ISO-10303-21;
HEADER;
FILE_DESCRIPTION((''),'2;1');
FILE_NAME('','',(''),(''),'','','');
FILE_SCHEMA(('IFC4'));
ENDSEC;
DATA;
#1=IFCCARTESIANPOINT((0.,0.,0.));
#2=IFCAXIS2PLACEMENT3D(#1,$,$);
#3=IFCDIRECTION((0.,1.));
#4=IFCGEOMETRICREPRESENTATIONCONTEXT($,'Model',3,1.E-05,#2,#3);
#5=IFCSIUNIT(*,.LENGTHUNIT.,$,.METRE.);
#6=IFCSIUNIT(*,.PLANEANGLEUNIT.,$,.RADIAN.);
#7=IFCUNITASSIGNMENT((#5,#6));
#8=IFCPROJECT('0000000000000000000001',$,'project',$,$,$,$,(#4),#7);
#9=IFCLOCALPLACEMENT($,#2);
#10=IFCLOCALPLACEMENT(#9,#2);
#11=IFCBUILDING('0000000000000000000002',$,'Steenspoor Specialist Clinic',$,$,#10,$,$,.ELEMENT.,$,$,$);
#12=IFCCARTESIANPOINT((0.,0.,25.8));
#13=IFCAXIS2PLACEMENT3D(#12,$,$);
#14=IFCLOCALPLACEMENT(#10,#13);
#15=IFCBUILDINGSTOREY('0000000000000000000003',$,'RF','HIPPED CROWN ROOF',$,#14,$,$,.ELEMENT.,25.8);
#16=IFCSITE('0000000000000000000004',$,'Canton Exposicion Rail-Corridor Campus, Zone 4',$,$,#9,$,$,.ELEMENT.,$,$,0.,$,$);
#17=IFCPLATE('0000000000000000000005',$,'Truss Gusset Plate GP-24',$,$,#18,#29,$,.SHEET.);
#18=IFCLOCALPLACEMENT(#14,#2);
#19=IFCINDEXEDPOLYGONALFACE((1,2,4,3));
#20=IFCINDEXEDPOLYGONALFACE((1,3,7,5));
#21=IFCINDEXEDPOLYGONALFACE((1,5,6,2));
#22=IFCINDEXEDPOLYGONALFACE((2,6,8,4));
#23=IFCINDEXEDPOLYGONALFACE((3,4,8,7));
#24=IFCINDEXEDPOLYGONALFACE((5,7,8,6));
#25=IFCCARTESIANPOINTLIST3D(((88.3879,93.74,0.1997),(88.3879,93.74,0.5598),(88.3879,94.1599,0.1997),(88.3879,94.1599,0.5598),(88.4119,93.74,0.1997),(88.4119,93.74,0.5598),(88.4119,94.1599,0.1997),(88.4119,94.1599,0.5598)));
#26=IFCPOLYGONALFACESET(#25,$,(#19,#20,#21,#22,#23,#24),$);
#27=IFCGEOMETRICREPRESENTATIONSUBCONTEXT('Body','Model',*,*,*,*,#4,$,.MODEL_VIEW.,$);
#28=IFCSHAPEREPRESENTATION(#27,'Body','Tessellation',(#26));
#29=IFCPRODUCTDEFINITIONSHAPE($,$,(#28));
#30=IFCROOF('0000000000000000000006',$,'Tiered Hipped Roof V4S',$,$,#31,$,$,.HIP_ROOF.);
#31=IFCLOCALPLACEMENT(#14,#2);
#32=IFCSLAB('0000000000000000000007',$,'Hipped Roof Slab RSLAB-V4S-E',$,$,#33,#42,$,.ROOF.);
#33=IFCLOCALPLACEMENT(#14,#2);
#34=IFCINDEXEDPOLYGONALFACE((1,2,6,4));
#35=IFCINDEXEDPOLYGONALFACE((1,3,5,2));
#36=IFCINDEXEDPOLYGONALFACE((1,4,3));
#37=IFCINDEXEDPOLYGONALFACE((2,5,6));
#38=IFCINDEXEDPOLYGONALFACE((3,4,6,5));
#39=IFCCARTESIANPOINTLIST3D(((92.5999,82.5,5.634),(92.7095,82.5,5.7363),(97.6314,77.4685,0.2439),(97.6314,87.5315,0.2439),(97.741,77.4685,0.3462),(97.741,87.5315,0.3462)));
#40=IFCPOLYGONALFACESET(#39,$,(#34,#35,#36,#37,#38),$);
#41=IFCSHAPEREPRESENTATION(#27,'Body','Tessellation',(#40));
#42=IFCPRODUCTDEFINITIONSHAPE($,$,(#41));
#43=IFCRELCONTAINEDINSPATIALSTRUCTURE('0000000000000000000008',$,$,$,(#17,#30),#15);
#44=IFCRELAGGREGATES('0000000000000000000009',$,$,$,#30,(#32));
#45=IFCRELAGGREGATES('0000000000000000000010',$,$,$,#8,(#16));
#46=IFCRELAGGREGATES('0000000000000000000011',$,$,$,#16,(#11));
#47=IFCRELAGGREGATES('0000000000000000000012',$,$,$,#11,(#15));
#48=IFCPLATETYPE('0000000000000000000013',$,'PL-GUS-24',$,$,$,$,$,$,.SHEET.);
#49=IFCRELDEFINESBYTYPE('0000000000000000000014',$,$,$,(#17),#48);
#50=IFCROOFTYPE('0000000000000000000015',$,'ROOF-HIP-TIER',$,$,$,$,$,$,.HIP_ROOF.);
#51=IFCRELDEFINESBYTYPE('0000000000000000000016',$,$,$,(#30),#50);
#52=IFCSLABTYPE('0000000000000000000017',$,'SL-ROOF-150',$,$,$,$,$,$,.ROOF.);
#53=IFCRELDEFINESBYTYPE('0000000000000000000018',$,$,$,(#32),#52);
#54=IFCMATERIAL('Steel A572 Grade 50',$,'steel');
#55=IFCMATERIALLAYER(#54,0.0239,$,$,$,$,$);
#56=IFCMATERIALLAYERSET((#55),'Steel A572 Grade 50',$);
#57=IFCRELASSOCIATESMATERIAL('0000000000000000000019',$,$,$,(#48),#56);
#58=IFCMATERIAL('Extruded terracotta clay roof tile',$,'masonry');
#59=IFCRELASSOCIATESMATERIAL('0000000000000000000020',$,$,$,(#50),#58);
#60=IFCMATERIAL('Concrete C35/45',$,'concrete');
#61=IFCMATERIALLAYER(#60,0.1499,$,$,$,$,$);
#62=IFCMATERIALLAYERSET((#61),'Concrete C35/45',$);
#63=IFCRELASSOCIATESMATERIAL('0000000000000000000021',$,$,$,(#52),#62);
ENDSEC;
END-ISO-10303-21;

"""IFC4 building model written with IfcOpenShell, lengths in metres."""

from ifc_helpers import new_model, si_unit, direction, frame, origin, origin_2d, place, context, subcontext, project, spatial, polyline, rectangle, outline, extrude, material, layer, layer_set, type_object, element, aggregate, save


model = new_model("IFC4")

# Units and contexts
model_context = context("Model", 3, precision=1e-05, world=origin(), true_north=direction((0.0, 1.0)))
body_context = subcontext(model_context, "Body", "Model", "MODEL_VIEW")
ifc_project = project(units=[si_unit("LENGTHUNIT", "METRE"), si_unit("PLANEANGLEUNIT", "RADIAN")], contexts=[model_context])

# Site, building, storey
site_placement = place(None, origin())
site = spatial("IfcSite", under=ifc_project, at=site_placement, Name="Canton Exposicion Rail-Corridor Campus, Zone 4", CompositionType="ELEMENT", RefElevation=0.0)
building_placement = place(site_placement, origin())
building = spatial("IfcBuilding", under=site, at=building_placement, Name="Steenspoor Specialist Clinic", CompositionType="ELEMENT")
storey_placement = place(building_placement, frame((0.0, 0.0, 25.8)))
storey = spatial("IfcBuildingStorey", under=building, at=storey_placement, Name="RF", Description="HIPPED CROWN ROOF", CompositionType="ELEMENT", Elevation=25.8)

# Plate
ifc_material_1 = material(Name="Steel A572 Grade 50", Category="steel")
ifc_layer_1 = layer(ifc_material_1, 0.0239)
ifc_layer_set_1 = layer_set([ifc_layer_1], Name="Steel A572 Grade 50")
plate_type_1 = type_object("IfcPlateType", Name="PL-GUS-24", PredefinedType="SHEET", material=ifc_layer_set_1)
plate_1_placement = place(storey_placement, frame((88.3999, 93.95, 0.1997), z_axis=(0.0, 0.0, 1.0), x_axis=(1.0, 0.0, 0.0)))
element("IfcPlate", 1, at=plate_1_placement, inside=storey, type_object=plate_type_1, Name="Truss Gusset Plate GP-24", PredefinedType="SHEET", context=body_context, shape_type="SweptSolid", body=[
    extrude(rectangle(XDim=0.0239, YDim=0.4199, at=origin_2d()), origin(), (0.0, 0.0, 1.0), 0.3601),
])

# Roof, slab
ifc_material_2 = material(Name="Extruded terracotta clay roof tile", Category="masonry")
roof_type = type_object("IfcRoofType", Name="ROOF-HIP-TIER", PredefinedType="HIP_ROOF", material=ifc_material_2)
roof_placement = place(storey_placement, origin())
roof = element("IfcRoof", 2, at=roof_placement, inside=storey, type_object=roof_type, Name="Tiered Hipped Roof V4S", PredefinedType="HIP_ROOF")
ifc_material_3 = material(Name="Concrete C35/45", Category="concrete")
ifc_layer_2 = layer(ifc_material_3, 0.1499)
ifc_layer_set_2 = layer_set([ifc_layer_2], Name="Concrete C35/45")
slab_type = type_object("IfcSlabType", Name="SL-ROOF-150", PredefinedType="ROOF", material=ifc_layer_set_2)
slab_placement = place(storey_placement, frame((92.7095, 82.5, 5.7363), z_axis=(0.731008, 0.0, 0.682369), x_axis=(0.563647, -0.563647, -0.603824)))
slab = element("IfcSlab", 3, at=slab_placement, type_object=slab_type, Name="Hipped Roof Slab RSLAB-V4S-E", PredefinedType="ROOF", context=body_context, shape_type="SweptSolid", body=[
    extrude(outline(polyline([(0.0, 0.0), (8.9267, 0.0), (3.2547, 8.3122), (0.0, 0.0)])), origin(), (0.0, 0.0, -1.0), 0.1499),
])
aggregate(roof, [slab])

save(model, "model.ifc")
